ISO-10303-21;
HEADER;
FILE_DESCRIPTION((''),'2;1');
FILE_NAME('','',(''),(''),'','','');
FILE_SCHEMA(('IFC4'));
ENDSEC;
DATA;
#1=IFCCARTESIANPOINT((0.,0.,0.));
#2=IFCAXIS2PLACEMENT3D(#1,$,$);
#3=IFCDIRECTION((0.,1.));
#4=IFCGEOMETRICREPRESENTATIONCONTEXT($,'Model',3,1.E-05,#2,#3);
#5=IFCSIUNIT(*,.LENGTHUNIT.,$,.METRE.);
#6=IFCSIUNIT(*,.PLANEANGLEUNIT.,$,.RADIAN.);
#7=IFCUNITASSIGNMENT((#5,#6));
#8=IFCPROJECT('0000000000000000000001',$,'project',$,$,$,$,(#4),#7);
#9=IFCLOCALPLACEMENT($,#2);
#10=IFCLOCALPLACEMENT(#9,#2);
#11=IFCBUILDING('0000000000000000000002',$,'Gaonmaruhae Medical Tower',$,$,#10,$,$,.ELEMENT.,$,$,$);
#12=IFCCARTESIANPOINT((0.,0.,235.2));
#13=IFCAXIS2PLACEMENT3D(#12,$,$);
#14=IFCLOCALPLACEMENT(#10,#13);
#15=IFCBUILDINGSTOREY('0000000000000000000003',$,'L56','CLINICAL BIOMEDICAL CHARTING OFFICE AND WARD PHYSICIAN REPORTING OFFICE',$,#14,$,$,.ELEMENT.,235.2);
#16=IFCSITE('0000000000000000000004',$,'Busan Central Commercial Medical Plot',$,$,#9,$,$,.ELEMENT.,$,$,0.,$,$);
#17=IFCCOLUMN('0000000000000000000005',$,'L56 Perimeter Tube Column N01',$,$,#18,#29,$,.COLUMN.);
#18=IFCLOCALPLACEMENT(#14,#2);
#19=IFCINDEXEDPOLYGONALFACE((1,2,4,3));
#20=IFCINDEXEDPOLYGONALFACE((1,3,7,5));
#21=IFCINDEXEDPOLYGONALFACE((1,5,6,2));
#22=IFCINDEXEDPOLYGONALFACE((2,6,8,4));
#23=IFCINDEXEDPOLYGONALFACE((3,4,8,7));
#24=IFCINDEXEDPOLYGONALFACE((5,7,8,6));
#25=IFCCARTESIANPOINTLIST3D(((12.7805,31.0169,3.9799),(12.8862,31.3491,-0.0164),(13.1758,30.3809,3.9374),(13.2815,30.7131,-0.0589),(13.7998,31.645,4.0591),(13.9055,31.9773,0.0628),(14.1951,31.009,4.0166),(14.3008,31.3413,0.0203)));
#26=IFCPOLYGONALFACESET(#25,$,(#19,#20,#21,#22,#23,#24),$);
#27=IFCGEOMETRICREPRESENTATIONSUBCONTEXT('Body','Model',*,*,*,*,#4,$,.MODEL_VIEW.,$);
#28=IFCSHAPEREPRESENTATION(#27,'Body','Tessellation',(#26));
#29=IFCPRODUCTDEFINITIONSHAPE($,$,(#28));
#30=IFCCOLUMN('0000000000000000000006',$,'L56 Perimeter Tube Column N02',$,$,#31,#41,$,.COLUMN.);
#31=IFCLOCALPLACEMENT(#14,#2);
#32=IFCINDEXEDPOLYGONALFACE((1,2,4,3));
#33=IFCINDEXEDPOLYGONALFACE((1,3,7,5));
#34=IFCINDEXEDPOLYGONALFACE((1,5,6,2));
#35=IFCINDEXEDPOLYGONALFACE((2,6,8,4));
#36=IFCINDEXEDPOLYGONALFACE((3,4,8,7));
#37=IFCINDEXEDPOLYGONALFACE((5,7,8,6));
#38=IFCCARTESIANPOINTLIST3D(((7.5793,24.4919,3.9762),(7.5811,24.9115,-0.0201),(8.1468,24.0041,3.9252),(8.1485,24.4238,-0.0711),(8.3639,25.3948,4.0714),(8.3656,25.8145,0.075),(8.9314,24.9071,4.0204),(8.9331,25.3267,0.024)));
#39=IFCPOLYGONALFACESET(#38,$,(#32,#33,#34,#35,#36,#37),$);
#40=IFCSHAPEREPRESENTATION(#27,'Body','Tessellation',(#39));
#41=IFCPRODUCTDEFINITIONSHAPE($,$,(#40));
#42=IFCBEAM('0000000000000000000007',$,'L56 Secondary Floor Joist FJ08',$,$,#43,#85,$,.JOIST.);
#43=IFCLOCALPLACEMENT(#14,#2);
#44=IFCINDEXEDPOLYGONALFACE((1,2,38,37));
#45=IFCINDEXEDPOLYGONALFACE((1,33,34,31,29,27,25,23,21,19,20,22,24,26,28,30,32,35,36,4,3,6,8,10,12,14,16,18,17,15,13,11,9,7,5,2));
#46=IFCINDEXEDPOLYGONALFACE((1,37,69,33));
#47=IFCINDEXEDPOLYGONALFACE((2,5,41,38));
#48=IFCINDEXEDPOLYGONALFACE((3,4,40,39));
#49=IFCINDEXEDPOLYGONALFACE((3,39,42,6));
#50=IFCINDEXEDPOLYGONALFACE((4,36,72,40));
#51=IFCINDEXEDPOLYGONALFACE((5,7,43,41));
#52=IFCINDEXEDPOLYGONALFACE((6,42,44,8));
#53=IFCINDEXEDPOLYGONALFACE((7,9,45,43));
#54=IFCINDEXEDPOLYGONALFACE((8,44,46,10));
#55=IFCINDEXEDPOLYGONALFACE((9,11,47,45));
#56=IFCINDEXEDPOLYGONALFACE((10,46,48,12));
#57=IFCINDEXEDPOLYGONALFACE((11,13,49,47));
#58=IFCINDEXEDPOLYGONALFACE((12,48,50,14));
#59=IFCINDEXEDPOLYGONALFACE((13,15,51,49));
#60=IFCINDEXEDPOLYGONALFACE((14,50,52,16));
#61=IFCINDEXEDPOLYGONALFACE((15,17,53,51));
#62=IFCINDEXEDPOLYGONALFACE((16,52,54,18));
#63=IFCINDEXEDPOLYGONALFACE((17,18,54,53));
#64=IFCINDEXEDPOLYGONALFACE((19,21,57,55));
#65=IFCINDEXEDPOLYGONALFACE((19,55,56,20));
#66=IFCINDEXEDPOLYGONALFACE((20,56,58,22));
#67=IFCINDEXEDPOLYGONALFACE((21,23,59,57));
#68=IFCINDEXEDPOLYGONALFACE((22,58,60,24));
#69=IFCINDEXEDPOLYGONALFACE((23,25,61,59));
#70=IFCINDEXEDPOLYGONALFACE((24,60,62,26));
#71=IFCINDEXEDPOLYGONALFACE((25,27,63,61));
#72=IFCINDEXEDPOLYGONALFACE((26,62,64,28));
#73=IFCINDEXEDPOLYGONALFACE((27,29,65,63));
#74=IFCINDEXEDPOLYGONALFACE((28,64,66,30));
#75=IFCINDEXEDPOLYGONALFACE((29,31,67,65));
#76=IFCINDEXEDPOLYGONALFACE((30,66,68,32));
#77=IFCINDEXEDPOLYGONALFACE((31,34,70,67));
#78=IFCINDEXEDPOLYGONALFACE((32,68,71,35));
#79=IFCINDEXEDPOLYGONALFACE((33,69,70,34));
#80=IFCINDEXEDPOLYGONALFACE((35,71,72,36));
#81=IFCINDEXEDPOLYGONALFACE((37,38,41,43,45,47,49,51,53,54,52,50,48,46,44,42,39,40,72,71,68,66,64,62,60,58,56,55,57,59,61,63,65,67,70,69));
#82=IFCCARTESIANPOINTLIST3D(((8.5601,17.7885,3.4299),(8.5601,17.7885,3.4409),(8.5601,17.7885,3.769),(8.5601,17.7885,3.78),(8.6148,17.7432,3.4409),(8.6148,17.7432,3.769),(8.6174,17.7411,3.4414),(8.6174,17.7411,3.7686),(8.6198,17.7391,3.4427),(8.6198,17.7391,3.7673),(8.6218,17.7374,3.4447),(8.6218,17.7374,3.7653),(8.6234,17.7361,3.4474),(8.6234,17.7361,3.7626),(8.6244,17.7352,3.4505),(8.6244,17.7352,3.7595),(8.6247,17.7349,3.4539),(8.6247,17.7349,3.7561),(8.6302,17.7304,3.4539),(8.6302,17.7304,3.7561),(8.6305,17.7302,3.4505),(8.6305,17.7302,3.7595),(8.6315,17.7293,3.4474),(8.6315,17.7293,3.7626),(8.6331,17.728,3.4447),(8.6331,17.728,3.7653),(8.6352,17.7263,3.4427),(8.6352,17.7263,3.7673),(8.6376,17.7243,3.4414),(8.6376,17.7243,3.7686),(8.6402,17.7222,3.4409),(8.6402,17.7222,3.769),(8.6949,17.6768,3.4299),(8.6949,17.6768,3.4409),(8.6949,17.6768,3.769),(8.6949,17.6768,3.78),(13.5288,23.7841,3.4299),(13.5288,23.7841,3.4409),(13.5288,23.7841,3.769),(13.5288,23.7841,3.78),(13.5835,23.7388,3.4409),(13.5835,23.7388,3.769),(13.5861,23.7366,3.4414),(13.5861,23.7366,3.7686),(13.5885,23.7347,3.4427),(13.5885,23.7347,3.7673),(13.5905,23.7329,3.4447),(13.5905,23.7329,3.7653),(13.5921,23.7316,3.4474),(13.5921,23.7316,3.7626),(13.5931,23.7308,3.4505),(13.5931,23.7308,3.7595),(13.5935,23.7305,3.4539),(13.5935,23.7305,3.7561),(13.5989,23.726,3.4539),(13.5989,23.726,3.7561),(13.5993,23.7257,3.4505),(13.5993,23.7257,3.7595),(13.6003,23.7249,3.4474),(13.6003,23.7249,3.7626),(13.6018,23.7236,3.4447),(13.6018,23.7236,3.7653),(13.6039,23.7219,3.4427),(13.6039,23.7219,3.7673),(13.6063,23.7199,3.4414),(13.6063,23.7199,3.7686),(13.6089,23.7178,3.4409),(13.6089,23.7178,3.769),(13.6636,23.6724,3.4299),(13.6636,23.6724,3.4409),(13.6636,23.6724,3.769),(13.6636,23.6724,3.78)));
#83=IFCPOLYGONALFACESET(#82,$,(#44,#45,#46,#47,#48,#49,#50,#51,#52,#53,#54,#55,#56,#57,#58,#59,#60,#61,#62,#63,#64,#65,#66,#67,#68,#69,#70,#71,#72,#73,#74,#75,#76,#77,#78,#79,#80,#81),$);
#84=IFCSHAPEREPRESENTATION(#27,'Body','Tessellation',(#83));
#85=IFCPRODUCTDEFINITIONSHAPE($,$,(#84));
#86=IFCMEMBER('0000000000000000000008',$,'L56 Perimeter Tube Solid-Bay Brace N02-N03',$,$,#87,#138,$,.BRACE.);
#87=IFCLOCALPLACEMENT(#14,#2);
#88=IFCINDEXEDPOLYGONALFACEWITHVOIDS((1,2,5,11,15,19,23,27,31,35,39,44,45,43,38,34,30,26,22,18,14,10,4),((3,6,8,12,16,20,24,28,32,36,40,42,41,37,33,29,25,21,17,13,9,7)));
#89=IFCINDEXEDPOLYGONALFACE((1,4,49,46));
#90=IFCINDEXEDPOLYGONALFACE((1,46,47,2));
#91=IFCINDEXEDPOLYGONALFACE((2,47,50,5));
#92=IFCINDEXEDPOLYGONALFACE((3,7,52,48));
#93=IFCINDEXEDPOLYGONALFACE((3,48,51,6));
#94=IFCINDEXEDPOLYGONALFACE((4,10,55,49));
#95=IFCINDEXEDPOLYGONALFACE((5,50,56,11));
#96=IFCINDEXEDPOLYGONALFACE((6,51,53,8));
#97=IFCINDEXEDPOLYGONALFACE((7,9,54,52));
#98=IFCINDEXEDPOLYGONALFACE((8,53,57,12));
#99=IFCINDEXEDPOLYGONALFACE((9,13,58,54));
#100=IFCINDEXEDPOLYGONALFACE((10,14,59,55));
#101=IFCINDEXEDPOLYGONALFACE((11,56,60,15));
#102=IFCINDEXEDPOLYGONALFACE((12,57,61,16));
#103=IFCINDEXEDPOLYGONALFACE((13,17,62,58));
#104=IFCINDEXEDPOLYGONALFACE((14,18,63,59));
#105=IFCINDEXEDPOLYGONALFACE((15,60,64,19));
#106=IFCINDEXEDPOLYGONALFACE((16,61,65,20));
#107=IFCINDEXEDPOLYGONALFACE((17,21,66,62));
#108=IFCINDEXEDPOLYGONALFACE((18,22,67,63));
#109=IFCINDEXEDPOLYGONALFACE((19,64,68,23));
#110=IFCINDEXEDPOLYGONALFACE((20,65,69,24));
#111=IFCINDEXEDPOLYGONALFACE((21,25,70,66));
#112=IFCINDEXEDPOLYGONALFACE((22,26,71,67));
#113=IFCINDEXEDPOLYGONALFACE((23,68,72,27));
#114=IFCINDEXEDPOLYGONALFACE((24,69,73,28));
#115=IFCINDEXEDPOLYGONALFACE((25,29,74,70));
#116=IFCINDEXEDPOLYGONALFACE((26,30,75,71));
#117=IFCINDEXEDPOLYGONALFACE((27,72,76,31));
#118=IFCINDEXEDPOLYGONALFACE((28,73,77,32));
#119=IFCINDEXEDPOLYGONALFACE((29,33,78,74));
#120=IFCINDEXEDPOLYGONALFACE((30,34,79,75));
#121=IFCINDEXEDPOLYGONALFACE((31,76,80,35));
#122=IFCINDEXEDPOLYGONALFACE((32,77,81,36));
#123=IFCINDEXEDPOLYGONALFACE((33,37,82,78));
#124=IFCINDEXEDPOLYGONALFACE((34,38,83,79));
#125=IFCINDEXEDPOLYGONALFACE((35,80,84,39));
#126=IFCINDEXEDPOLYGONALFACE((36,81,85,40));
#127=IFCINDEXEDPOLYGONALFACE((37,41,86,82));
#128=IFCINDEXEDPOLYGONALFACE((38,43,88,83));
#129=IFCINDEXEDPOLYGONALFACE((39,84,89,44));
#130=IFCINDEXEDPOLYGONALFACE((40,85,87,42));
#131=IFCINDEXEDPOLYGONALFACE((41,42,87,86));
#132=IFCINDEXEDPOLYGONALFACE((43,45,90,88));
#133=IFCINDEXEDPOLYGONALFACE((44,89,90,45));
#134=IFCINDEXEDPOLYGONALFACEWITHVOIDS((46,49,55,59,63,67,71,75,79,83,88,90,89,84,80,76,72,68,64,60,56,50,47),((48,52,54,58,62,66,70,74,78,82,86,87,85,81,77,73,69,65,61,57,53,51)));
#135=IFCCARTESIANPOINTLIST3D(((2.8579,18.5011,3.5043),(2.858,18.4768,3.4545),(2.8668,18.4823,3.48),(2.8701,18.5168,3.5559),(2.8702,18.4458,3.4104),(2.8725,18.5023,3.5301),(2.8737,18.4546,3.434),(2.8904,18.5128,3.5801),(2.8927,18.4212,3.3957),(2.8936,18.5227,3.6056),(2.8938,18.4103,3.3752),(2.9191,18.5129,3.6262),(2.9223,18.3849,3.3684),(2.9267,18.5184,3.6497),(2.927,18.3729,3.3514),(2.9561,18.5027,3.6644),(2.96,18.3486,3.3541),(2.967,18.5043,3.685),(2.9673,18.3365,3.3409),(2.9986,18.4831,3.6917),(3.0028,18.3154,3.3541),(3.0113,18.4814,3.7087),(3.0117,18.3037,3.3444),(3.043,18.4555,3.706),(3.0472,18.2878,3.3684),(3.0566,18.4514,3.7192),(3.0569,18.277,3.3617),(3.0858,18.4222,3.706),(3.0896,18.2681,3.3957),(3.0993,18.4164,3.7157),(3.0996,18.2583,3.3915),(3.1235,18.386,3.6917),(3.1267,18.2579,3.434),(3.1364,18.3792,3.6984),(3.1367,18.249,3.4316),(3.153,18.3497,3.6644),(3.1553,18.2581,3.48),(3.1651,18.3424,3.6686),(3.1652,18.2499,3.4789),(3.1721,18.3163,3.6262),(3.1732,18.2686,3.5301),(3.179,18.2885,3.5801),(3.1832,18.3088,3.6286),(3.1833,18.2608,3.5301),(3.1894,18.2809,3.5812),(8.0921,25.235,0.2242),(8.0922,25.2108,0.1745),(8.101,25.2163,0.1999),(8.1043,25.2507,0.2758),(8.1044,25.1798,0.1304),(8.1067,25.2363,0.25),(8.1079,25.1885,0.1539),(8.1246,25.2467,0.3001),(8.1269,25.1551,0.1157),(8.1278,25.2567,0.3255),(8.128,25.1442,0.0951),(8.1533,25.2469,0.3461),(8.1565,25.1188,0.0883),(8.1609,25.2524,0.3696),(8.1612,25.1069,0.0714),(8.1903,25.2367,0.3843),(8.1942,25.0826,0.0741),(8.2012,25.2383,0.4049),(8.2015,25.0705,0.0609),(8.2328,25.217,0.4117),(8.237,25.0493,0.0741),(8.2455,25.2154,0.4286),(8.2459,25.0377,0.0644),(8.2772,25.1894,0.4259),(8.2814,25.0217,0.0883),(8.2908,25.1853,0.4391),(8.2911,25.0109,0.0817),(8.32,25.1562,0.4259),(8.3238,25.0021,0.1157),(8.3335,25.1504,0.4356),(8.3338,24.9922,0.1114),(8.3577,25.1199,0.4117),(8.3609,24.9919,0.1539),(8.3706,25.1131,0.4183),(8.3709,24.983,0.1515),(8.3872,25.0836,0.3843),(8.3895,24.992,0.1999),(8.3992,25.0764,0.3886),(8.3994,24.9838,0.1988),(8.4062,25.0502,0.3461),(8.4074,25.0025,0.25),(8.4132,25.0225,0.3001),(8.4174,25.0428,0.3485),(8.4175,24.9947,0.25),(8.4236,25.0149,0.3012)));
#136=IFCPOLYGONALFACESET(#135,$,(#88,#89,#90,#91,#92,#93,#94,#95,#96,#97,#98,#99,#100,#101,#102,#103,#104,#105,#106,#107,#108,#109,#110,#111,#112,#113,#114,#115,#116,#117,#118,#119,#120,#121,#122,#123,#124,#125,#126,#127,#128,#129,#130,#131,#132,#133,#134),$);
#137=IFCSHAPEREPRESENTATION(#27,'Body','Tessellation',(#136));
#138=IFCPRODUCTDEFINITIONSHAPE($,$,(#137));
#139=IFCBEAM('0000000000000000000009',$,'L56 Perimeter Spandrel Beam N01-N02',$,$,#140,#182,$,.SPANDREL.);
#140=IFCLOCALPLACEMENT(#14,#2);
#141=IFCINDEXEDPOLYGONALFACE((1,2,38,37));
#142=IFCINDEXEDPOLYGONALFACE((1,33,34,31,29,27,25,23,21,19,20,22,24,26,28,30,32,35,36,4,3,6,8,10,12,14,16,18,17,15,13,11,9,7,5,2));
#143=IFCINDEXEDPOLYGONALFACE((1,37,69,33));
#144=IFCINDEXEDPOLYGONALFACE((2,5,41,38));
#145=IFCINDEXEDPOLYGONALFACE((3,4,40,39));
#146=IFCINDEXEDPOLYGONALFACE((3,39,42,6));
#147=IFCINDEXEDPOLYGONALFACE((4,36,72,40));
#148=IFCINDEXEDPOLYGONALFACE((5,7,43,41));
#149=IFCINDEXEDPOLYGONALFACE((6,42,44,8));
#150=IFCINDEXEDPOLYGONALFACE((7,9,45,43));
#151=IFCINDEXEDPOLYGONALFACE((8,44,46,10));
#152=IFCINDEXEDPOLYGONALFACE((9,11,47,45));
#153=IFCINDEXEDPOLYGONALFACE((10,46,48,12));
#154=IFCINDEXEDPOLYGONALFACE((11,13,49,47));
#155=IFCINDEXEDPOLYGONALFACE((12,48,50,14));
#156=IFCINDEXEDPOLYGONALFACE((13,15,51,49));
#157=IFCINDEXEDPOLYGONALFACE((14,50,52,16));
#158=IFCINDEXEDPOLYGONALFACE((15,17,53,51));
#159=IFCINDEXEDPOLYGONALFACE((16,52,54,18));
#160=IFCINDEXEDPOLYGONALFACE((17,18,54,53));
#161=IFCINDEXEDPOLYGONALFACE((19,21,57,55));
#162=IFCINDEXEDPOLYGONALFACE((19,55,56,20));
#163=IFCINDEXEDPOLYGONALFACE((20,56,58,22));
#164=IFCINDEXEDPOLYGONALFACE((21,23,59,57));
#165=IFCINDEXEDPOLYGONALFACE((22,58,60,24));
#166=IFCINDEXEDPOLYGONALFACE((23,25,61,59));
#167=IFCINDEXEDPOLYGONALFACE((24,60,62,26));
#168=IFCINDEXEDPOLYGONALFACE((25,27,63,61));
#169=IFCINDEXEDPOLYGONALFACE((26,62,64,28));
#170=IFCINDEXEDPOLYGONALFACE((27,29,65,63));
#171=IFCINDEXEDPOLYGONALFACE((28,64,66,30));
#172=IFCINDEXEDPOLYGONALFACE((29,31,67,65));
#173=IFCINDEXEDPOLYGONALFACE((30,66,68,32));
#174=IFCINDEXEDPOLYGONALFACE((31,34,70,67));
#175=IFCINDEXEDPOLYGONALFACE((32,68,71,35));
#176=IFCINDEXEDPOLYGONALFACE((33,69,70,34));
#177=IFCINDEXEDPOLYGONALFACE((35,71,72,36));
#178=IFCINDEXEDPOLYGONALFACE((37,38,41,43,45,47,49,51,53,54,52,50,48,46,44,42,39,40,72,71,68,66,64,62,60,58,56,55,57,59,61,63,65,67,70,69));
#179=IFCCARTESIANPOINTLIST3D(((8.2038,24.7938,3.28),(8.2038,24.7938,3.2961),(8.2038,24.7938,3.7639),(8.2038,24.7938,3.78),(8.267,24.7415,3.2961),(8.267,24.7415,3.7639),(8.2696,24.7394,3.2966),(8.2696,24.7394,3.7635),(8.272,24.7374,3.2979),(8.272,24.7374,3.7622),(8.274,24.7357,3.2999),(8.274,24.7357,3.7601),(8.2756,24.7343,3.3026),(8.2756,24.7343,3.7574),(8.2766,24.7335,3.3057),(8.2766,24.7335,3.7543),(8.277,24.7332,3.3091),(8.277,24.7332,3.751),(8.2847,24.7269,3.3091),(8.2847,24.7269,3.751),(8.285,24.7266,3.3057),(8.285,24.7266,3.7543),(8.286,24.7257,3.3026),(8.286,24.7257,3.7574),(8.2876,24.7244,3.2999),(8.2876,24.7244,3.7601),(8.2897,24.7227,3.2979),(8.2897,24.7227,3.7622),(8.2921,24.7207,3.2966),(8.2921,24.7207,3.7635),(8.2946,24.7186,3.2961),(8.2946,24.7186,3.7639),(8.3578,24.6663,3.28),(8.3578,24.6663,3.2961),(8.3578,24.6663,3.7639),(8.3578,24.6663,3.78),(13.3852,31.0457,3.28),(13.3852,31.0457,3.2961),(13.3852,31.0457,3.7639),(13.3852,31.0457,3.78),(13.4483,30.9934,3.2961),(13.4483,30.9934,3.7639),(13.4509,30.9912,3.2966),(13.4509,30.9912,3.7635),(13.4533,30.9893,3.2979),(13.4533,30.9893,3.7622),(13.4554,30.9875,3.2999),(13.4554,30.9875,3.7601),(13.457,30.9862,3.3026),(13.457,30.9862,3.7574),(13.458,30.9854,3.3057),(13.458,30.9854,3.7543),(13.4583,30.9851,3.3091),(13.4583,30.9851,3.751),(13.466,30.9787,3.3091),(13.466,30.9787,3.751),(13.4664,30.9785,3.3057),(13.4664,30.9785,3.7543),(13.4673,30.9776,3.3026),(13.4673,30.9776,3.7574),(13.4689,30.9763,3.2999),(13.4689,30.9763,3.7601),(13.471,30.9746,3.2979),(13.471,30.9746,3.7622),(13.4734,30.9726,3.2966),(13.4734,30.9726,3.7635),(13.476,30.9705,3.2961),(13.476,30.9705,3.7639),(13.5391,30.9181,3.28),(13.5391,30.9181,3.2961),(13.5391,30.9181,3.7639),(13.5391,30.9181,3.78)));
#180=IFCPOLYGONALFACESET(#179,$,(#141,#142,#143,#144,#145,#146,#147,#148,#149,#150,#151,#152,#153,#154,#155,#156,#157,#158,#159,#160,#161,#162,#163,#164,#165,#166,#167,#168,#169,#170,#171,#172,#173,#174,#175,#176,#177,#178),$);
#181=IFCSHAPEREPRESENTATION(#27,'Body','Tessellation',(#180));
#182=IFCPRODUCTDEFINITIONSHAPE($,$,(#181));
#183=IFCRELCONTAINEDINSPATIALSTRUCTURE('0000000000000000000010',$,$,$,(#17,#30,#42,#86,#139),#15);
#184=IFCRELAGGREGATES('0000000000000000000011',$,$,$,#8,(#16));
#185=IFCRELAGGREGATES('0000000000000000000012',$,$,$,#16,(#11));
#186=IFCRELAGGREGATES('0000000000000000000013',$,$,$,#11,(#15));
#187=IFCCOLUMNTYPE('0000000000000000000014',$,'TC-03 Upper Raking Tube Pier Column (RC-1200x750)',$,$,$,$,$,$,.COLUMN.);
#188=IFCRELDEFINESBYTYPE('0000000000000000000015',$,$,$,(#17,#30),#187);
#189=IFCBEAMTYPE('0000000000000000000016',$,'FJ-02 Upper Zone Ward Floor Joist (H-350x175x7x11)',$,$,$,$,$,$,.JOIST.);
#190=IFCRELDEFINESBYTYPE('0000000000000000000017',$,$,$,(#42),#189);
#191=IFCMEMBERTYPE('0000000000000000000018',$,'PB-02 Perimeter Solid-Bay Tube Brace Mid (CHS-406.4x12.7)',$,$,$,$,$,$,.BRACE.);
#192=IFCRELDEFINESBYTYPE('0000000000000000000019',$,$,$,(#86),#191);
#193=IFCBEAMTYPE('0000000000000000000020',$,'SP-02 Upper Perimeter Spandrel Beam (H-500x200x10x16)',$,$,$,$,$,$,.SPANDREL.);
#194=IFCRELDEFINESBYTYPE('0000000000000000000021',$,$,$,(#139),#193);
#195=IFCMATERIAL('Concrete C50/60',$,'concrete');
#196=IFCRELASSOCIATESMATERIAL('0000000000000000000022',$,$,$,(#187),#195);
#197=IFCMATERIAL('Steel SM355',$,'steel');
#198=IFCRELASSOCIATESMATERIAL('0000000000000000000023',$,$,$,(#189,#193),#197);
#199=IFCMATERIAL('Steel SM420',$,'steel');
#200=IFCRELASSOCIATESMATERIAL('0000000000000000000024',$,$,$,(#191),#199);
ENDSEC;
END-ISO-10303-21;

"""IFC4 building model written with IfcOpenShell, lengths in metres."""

from ifc_helpers import new_model, si_unit, direction, frame, origin, origin_2d, place, context, subcontext, project, spatial, rectangle, hollow_circle, i_section, extrude, material, material_profile, profile_set, type_object, element, save


model = new_model("IFC4")

# Units and contexts
model_context = context("Model", 3, precision=1e-05, world=origin(), true_north=direction((0.0, 1.0)))
body_context = subcontext(model_context, "Body", "Model", "MODEL_VIEW")
ifc_project = project(units=[si_unit("LENGTHUNIT", "METRE"), si_unit("PLANEANGLEUNIT", "RADIAN")], contexts=[model_context])

# Site, building, storey
site_placement = place(None, origin())
site = spatial("IfcSite", under=ifc_project, at=site_placement, Name="Busan Central Commercial Medical Plot", CompositionType="ELEMENT", RefElevation=0.0)
building_placement = place(site_placement, origin())
building = spatial("IfcBuilding", under=site, at=building_placement, Name="Gaonmaruhae Medical Tower", CompositionType="ELEMENT")
storey_placement = place(building_placement, frame((0.0, 0.0, 235.2)))
storey = spatial("IfcBuildingStorey", under=building, at=storey_placement, Name="L56", Description="CLINICAL BIOMEDICAL CHARTING OFFICE AND WARD PHYSICIAN REPORTING OFFICE", CompositionType="ELEMENT", Elevation=235.2)

# Columns
ifc_material_1 = material(Name="Concrete C50/60", Category="concrete")
ifc_material_profile_1 = material_profile(ifc_material_1, rectangle(XDim=1.2, YDim=0.75, at=origin_2d()), Name="RC-1200x750")
ifc_profile_set_1 = profile_set([ifc_material_profile_1], Name="Concrete C50/60")
column_type = type_object("IfcColumnType", Name="TC-03 Upper Raking Tube Pier Column (RC-1200x750)", PredefinedType="COLUMN", material=ifc_profile_set_1)
column_1_placement = place(storey_placement, frame((13.5935, 31.3452, 0.002), z_axis=(-0.026352, -0.08283, 0.996215), x_axis=(0.849466, 0.523499, 0.065997)))
element("IfcColumn", 1, at=column_1_placement, inside=storey, type_object=column_type, Name="L56 Perimeter Tube Column N01", PredefinedType="COLUMN", context=body_context, shape_type="SweptSolid", body=[
    extrude(rectangle(XDim=1.2, YDim=0.75, at=origin_2d()), origin(), (0.0, 0.0, 1.0), 4.0115),
])
column_2_placement = place(storey_placement, frame((8.2571, 25.1191, 0.002), z_axis=(-0.000425, -0.104441, 0.994531), x_axis=(0.653844, 0.752463, 0.0793)))
element("IfcColumn", 2, at=column_2_placement, inside=storey, type_object=column_type, Name="L56 Perimeter Tube Column N02", PredefinedType="COLUMN", context=body_context, shape_type="SweptSolid", body=[
    extrude(rectangle(XDim=1.2, YDim=0.75, at=origin_2d()), origin(), (0.0, 0.0, 1.0), 4.0183),
])

# Beam
ifc_material_2 = material(Name="Steel SM355", Category="steel")
ifc_material_profile_2 = material_profile(ifc_material_2, i_section(OverallWidth=0.175, OverallDepth=0.3501, WebThickness=0.0071, FlangeThickness=0.011, FilletRadius=0.0129, at=origin_2d()), Name="H-350x175x7x11")
ifc_profile_set_2 = profile_set([ifc_material_profile_2], Name="Steel SM355")
beam_type_1 = type_object("IfcBeamType", Name="FJ-02 Upper Zone Ward Floor Joist (H-350x175x7x11)", PredefinedType="JOIST", material=ifc_profile_set_2)
beam_1_placement = place(storey_placement, frame((13.5962, 23.7283, 3.605), z_axis=(-0.638091, -0.769961, 0.0), x_axis=(0.769961, -0.638091, 0.0)))
element("IfcBeam", 3, at=beam_1_placement, inside=storey, type_object=beam_type_1, Name="L56 Secondary Floor Joist FJ08", PredefinedType="JOIST", context=body_context, shape_type="SweptSolid", body=[
    extrude(i_section(OverallWidth=0.175, OverallDepth=0.3501, WebThickness=0.0071, FlangeThickness=0.011, FilletRadius=0.0129, at=origin_2d()), origin(), (0.0, 0.0, 1.0), 7.7869),
])

# Member
ifc_material_3 = material(Name="Steel SM420", Category="steel")
ifc_material_profile_3 = material_profile(ifc_material_3, hollow_circle(Radius=0.2031, WallThickness=0.0127, at=origin_2d()), Name="CHS-406.4x12.7")
ifc_profile_set_3 = profile_set([ifc_material_profile_3], Name="Steel SM420")
member_type = type_object("IfcMemberType", Name="PB-02 Perimeter Solid-Bay Tube Brace Mid (CHS-406.4x12.7)", PredefinedType="BRACE", material=ifc_profile_set_3)
member_placement = place(storey_placement, frame((8.2571, 25.1194, 0.25), z_axis=(-0.572798, -0.736924, 0.358951), x_axis=(0.789542, -0.613697, 0.0)))
element("IfcMember", 4, at=member_placement, inside=storey, type_object=member_type, Name="L56 Perimeter Tube Solid-Bay Brace N02-N03", PredefinedType="BRACE", context=body_context, shape_type="SweptSolid", body=[
    extrude(hollow_circle(Radius=0.2031, WallThickness=0.0127, at=origin_2d()), origin(), (0.0, 0.0, 1.0), 9.1379),
])

# Beam
ifc_material_profile_4 = material_profile(ifc_material_2, i_section(OverallWidth=0.2, OverallDepth=0.5, WebThickness=0.01, FlangeThickness=0.0161, FilletRadius=0.0129, at=origin_2d()), Name="H-500x200x10x16")
ifc_profile_set_4 = profile_set([ifc_material_profile_4], Name="Steel SM355")
beam_type_2 = type_object("IfcBeamType", Name="SP-02 Upper Perimeter Spandrel Beam (H-500x200x10x16)", PredefinedType="SPANDREL", material=ifc_profile_set_4)
beam_2_placement = place(storey_placement, frame((13.4622, 30.9819, 3.53), z_axis=(-0.638106, -0.769949, 0.0), x_axis=(0.769949, -0.638106, 0.0)))
element("IfcBeam", 5, at=beam_2_placement, inside=storey, type_object=beam_type_2, Name="L56 Perimeter Spandrel Beam N01-N02", PredefinedType="SPANDREL", context=body_context, shape_type="SweptSolid", body=[
    extrude(i_section(OverallWidth=0.2, OverallDepth=0.5, WebThickness=0.01, FlangeThickness=0.0161, FilletRadius=0.0129, at=origin_2d()), origin(), (0.0, 0.0, 1.0), 8.1199),
])

save(model, "model.ifc")
